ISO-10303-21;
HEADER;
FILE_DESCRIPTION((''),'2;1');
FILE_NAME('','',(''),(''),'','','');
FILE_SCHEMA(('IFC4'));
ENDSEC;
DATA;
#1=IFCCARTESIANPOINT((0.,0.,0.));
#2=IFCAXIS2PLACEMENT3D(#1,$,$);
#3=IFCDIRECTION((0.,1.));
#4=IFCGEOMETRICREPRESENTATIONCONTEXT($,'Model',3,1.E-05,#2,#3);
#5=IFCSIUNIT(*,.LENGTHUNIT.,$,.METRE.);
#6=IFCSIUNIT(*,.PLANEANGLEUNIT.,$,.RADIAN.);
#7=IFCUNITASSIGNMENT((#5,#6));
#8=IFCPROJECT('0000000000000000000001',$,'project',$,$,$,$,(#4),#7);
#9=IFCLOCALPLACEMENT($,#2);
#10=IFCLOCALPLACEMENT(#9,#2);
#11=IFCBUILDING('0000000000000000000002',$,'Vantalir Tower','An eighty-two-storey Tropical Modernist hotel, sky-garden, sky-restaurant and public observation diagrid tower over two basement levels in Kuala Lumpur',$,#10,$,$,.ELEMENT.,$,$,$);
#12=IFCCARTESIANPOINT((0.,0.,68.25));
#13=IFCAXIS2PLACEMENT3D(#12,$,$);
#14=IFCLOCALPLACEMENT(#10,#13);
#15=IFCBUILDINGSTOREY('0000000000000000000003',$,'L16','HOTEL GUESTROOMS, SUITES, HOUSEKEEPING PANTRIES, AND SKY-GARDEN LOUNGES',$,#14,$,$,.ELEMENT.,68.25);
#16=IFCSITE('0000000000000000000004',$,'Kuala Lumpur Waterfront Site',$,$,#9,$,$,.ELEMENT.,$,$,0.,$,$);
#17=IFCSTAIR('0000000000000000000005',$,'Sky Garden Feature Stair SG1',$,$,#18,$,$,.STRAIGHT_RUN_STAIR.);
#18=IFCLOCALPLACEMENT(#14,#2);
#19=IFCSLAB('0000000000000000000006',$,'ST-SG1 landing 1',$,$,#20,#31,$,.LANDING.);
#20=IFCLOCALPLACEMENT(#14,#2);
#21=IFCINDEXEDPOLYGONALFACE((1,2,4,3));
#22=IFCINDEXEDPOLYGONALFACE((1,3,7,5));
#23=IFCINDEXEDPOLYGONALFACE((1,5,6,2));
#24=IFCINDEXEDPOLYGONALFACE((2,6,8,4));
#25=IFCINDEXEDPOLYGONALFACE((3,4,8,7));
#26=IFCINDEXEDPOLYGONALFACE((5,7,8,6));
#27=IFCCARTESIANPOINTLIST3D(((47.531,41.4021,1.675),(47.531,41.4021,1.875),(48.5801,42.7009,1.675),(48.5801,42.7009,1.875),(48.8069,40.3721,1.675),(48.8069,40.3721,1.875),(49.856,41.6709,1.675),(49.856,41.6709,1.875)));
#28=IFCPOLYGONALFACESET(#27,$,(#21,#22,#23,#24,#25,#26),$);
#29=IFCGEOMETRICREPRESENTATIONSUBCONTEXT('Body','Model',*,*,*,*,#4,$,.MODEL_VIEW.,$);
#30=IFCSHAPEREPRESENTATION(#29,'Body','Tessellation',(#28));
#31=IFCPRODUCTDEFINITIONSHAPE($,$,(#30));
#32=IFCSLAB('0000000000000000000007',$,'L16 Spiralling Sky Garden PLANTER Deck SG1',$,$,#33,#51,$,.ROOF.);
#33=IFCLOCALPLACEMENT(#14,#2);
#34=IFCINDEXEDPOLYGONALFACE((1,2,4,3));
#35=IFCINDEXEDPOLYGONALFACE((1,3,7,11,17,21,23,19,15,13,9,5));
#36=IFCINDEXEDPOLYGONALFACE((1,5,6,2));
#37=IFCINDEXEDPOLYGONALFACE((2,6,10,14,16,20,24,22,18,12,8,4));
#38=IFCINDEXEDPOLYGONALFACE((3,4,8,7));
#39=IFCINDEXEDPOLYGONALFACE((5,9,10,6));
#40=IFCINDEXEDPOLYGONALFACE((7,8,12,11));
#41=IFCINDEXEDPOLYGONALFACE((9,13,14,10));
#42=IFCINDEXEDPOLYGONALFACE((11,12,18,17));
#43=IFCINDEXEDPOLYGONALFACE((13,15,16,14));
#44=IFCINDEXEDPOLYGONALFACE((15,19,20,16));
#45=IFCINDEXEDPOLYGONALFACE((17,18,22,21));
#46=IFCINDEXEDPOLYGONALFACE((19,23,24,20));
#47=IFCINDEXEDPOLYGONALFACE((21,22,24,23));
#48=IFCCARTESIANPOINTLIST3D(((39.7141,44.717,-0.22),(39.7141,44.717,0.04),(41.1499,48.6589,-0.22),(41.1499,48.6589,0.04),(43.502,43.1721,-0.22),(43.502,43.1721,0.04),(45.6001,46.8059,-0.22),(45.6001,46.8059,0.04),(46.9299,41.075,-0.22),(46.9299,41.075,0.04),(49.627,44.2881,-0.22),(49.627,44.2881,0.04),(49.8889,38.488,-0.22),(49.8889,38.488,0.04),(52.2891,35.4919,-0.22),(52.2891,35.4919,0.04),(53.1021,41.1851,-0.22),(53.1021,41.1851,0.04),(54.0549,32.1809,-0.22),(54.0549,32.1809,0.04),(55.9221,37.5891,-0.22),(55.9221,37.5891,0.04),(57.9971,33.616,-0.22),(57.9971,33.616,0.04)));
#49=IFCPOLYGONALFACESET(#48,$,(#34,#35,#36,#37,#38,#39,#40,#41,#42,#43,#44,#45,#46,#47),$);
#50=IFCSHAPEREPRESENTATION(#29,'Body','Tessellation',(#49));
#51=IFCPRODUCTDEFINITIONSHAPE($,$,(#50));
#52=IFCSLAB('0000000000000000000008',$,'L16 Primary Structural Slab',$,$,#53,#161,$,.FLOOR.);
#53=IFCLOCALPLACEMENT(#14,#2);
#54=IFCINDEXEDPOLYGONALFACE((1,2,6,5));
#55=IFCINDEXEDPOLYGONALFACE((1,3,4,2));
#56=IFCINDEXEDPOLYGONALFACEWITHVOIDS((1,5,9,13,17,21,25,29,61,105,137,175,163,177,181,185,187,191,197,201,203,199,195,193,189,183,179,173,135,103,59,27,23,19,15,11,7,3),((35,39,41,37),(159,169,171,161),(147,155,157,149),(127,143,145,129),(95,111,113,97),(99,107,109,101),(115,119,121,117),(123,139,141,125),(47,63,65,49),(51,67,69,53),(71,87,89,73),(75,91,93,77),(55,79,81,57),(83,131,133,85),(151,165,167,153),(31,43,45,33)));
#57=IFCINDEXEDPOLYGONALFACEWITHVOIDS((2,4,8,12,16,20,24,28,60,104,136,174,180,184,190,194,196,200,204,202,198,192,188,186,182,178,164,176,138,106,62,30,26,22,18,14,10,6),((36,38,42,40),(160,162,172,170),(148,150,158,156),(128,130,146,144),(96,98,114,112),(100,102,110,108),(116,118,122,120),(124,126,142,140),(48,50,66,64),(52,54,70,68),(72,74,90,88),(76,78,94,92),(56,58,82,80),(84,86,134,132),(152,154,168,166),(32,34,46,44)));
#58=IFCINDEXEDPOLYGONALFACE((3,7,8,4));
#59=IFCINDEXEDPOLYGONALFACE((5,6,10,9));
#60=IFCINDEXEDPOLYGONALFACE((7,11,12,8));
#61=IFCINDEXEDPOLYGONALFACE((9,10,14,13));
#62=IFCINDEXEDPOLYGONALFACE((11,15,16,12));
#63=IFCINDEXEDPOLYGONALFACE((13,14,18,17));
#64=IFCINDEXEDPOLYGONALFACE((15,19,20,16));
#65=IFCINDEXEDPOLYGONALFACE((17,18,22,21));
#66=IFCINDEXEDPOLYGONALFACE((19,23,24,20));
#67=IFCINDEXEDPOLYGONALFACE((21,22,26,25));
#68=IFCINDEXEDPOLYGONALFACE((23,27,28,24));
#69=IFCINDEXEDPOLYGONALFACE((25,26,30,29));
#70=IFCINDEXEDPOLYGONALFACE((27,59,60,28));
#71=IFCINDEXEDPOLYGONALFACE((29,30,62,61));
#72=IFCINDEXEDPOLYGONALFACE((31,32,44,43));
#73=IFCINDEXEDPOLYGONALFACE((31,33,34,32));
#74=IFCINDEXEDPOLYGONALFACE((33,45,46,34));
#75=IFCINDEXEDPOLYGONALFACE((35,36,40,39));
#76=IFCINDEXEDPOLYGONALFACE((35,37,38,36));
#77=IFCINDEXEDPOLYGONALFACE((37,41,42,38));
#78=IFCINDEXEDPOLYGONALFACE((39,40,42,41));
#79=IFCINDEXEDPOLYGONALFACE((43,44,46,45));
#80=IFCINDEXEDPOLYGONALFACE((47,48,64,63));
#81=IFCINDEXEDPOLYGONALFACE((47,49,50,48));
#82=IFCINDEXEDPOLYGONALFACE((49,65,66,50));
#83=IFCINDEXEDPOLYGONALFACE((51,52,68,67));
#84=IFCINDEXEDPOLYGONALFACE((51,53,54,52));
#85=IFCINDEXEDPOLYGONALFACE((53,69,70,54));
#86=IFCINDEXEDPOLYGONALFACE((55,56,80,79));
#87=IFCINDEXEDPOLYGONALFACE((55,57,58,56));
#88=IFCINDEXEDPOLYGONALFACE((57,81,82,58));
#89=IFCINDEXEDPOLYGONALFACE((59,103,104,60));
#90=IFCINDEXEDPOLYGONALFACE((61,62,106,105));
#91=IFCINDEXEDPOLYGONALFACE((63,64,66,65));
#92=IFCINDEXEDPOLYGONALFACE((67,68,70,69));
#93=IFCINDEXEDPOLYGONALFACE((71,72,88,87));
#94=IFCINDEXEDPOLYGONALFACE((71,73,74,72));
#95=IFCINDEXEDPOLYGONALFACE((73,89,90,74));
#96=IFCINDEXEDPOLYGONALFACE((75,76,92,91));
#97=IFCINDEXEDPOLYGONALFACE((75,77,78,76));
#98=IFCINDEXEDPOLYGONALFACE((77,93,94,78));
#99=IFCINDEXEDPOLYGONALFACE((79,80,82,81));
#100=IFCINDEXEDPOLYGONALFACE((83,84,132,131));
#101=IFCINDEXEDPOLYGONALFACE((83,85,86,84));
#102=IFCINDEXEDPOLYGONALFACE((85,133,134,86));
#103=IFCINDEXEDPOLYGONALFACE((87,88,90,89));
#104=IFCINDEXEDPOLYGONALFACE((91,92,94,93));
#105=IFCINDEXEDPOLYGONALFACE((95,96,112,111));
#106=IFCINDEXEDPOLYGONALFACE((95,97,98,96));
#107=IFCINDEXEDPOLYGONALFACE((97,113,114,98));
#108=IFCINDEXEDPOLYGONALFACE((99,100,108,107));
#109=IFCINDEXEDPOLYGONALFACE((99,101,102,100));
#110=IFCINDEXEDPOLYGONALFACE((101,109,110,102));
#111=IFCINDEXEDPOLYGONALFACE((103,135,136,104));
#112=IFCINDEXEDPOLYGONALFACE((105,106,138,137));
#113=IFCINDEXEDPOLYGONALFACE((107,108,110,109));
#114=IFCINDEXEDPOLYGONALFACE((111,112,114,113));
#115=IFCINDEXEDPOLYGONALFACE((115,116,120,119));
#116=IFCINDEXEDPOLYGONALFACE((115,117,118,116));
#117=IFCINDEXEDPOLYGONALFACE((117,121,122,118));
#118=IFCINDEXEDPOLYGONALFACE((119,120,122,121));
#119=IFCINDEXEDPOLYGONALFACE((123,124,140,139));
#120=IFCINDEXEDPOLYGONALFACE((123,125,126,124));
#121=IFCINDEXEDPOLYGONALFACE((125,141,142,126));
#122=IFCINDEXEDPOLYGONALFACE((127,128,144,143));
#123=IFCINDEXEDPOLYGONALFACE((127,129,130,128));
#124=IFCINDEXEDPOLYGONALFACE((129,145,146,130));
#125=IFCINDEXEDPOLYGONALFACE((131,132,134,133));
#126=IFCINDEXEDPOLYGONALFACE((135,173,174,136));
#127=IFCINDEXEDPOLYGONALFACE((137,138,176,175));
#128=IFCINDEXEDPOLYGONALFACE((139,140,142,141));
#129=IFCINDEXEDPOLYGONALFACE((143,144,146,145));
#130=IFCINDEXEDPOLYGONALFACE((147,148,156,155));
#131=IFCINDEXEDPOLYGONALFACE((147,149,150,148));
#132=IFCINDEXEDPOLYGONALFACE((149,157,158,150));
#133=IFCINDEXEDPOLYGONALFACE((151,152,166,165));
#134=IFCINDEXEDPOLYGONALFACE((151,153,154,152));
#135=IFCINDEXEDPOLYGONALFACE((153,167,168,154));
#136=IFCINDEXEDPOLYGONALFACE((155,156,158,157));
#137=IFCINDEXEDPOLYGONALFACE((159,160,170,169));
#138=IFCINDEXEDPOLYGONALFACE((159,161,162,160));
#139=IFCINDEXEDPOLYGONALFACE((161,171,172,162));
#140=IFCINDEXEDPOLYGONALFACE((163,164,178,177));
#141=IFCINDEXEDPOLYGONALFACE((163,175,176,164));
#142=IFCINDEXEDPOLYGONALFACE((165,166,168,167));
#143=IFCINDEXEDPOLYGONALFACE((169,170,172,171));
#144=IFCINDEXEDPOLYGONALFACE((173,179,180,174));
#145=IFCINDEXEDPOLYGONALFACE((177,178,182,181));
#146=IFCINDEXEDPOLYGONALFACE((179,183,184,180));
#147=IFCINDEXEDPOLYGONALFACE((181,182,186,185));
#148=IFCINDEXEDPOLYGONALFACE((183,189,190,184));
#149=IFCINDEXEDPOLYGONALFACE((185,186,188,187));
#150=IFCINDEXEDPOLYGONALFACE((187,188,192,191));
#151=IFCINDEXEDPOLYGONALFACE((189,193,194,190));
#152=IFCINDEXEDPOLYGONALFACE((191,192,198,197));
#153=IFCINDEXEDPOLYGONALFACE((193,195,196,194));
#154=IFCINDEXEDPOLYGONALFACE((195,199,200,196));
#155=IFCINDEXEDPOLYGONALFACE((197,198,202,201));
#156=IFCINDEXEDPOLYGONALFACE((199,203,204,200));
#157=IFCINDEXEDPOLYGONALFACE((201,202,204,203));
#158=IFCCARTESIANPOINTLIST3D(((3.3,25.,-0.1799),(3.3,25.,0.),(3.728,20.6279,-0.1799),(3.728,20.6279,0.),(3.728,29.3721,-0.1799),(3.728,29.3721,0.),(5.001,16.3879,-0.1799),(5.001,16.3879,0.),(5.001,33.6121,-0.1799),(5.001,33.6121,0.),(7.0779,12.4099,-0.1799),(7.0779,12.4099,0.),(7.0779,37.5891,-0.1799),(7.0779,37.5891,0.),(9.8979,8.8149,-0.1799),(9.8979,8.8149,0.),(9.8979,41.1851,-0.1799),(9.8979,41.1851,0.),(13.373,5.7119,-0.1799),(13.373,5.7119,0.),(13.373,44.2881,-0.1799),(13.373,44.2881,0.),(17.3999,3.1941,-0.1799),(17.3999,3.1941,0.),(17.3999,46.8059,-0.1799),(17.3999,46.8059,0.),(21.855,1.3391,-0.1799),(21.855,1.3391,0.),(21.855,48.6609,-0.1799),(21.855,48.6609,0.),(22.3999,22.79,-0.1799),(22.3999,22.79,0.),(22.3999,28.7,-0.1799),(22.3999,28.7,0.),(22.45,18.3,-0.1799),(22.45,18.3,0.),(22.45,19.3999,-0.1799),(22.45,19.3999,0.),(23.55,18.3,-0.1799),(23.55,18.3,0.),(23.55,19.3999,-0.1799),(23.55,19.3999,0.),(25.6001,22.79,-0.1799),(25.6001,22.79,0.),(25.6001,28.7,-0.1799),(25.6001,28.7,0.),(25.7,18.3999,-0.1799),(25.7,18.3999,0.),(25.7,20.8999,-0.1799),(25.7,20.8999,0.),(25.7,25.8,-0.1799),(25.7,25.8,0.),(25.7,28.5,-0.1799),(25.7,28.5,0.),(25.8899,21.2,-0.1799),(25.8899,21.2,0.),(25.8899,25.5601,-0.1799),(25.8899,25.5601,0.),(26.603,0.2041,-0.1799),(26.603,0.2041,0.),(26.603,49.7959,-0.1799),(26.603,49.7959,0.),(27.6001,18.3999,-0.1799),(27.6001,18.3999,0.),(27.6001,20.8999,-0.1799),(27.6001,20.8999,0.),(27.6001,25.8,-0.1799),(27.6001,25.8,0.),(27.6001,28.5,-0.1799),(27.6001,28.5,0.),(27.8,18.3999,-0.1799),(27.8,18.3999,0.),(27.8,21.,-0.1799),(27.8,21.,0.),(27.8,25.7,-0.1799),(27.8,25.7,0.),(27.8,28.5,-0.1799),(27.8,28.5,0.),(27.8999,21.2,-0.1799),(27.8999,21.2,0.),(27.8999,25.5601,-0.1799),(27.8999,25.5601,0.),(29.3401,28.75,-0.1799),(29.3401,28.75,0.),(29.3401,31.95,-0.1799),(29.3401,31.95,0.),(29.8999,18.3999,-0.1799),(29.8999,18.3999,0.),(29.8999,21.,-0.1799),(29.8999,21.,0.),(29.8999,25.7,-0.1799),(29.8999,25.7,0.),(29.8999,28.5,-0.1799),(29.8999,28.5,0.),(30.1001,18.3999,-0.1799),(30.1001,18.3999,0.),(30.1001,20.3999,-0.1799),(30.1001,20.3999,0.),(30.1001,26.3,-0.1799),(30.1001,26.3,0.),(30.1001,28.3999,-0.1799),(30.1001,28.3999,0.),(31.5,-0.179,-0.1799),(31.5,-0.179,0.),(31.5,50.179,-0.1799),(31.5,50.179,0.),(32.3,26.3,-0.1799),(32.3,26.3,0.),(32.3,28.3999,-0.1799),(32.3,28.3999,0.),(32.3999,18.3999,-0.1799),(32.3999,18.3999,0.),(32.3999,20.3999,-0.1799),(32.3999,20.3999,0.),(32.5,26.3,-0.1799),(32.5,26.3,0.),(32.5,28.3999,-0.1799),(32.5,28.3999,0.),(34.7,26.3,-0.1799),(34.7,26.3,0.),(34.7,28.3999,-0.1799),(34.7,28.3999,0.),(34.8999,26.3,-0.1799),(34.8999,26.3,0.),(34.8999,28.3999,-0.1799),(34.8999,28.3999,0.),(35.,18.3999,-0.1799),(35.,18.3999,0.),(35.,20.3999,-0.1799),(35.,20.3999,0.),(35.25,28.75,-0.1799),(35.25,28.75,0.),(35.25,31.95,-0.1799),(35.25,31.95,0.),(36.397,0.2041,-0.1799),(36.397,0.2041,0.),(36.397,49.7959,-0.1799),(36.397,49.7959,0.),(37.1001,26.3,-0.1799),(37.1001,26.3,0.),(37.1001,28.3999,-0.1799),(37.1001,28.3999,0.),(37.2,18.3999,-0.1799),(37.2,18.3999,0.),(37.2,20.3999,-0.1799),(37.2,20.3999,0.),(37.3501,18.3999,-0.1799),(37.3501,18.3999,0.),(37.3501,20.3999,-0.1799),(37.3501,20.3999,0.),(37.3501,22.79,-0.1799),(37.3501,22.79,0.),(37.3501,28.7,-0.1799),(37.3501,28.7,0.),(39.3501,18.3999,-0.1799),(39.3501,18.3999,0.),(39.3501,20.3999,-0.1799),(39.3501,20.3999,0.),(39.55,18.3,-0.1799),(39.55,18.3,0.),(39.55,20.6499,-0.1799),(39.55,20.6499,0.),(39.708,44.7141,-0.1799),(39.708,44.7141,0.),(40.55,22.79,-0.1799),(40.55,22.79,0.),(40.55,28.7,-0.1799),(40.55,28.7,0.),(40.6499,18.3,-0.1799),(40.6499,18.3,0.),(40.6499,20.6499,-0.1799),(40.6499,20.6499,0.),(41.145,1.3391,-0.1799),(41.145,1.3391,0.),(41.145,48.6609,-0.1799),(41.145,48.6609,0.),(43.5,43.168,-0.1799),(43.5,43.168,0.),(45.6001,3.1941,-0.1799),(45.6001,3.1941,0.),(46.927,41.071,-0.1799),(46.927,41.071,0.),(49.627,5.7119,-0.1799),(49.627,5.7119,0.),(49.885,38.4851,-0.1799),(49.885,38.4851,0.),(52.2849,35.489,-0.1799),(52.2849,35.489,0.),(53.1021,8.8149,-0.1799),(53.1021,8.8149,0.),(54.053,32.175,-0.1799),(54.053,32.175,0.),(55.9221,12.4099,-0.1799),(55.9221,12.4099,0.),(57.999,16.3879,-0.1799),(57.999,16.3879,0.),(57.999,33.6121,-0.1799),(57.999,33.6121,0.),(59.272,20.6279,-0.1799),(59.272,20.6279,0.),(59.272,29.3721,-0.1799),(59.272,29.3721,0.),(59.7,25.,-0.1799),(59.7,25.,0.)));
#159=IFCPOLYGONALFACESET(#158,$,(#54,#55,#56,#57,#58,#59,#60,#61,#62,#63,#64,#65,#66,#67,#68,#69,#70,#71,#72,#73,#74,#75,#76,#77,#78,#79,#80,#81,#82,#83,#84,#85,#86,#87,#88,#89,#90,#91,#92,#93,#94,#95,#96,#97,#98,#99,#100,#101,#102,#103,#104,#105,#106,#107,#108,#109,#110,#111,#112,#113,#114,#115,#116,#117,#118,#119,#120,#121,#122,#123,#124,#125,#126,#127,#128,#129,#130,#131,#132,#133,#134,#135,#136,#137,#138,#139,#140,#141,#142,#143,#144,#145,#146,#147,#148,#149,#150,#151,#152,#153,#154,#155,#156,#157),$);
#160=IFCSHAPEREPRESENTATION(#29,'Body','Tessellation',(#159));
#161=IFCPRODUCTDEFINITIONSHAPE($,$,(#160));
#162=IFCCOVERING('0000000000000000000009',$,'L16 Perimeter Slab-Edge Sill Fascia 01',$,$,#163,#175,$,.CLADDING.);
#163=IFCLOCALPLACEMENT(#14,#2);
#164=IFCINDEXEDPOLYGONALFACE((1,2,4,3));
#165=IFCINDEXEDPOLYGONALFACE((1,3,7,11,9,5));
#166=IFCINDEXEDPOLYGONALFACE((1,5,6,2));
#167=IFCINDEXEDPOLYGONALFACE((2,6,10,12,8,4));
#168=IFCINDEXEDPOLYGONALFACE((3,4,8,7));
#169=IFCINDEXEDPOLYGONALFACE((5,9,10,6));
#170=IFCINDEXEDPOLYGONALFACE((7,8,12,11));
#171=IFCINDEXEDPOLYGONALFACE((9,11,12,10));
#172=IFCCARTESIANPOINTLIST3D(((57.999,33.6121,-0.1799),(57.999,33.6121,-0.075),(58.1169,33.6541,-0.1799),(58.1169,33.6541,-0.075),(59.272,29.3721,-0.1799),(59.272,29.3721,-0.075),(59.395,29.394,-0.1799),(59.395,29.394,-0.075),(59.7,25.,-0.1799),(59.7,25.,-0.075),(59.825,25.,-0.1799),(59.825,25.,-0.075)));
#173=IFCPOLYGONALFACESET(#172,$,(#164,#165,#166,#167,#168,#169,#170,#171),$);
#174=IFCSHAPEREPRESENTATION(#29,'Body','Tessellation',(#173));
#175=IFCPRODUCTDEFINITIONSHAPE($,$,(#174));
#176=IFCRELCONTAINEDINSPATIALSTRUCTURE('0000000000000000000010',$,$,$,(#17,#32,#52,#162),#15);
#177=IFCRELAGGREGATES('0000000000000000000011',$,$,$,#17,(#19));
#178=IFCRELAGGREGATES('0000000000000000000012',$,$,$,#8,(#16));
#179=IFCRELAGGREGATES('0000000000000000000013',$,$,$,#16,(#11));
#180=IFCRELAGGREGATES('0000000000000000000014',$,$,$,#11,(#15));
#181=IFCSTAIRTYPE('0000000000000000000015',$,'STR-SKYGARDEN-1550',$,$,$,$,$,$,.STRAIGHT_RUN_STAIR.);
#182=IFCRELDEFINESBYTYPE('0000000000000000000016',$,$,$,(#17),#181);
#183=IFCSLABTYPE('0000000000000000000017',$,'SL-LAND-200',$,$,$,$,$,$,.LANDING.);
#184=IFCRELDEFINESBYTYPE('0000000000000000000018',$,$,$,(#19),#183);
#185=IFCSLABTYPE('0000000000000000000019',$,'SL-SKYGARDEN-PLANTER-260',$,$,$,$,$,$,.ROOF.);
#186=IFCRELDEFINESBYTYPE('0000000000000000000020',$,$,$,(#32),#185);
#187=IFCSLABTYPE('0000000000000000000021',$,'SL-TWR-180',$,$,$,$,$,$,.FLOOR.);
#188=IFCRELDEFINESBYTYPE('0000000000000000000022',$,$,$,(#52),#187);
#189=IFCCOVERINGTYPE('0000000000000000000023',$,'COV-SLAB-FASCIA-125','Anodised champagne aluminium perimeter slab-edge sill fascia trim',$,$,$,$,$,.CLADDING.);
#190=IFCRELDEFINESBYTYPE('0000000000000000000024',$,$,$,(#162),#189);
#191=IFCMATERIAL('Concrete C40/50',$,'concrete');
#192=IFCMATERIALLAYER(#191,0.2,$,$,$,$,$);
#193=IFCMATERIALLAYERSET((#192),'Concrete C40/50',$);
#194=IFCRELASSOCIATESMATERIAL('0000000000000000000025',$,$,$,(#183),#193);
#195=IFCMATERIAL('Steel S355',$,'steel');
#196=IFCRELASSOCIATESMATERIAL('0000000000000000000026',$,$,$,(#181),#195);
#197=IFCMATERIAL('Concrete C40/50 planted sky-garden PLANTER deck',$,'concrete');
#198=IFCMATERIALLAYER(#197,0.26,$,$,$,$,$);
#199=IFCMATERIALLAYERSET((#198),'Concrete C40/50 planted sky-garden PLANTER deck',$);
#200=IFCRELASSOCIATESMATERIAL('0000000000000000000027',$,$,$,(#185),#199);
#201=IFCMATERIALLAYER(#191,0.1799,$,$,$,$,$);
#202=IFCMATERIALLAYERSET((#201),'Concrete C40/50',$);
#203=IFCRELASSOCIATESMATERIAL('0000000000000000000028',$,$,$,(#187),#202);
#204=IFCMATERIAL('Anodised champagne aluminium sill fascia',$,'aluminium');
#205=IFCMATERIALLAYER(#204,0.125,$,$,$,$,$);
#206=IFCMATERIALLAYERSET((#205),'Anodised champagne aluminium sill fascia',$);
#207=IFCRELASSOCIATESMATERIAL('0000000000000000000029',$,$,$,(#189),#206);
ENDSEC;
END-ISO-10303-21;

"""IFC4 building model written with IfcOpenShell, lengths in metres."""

from ifc_helpers import new_model, si_unit, direction, frame, origin, place, context, subcontext, project, spatial, polyline, outline, extrude, material, layer, layer_set, type_object, element, aggregate, save


model = new_model("IFC4")

# Units and contexts
model_context = context("Model", 3, precision=1e-05, world=origin(), true_north=direction((0.0, 1.0)))
body_context = subcontext(model_context, "Body", "Model", "MODEL_VIEW")
ifc_project = project(units=[si_unit("LENGTHUNIT", "METRE"), si_unit("PLANEANGLEUNIT", "RADIAN")], contexts=[model_context])

# Site, building, storey
site_placement = place(None, origin())
site = spatial("IfcSite", under=ifc_project, at=site_placement, Name="Kuala Lumpur Waterfront Site", CompositionType="ELEMENT", RefElevation=0.0)
building_placement = place(site_placement, origin())
building = spatial("IfcBuilding", under=site, at=building_placement, Name="Vantalir Tower", Description="An eighty-two-storey Tropical Modernist hotel, sky-garden, sky-restaurant and public observation diagrid tower over two basement levels in Kuala Lumpur", CompositionType="ELEMENT")
storey_placement = place(building_placement, frame((0.0, 0.0, 68.25)))
storey = spatial("IfcBuildingStorey", under=building, at=storey_placement, Name="L16", Description="HOTEL GUESTROOMS, SUITES, HOUSEKEEPING PANTRIES, AND SKY-GARDEN LOUNGES", CompositionType="ELEMENT", Elevation=68.25)

# Stair, slab
ifc_material_1 = material(Name="Concrete C40/50", Category="concrete")
ifc_layer_1 = layer(ifc_material_1, 0.2)
ifc_layer_set_1 = layer_set([ifc_layer_1], Name="Concrete C40/50")
slab_type_1 = type_object("IfcSlabType", Name="SL-LAND-200", PredefinedType="LANDING", material=ifc_layer_set_1)
ifc_material_2 = material(Name="Steel S355", Category="steel")
stair_type_1 = type_object("IfcStairType", Name="STR-SKYGARDEN-1550", PredefinedType="STRAIGHT_RUN_STAIR", material=ifc_material_2)
stair_1_placement = place(storey_placement, origin())
stair_1 = element("IfcStair", 1, at=stair_1_placement, inside=storey, type_object=stair_type_1, Name="Sky Garden Feature Stair SG1", PredefinedType="STRAIGHT_RUN_STAIR")
slab_1_placement = place(storey_placement, frame((0.0, 0.0, 1.675)))
slab_1 = element("IfcSlab", 2, at=slab_1_placement, type_object=slab_type_1, Name="ST-SG1 landing 1", PredefinedType="LANDING", context=body_context, shape_type="SweptSolid", body=[
    extrude(outline(polyline([(49.856, 41.6709), (48.5801, 42.7009), (47.531, 41.4021), (48.8069, 40.3721), (49.856, 41.6709)])), origin(), (0.0, 0.0, 1.0), 0.2),
])
aggregate(stair_1, [slab_1])

# Slabs
ifc_material_3 = material(Name="Concrete C40/50 planted sky-garden PLANTER deck", Category="concrete")
ifc_layer_2 = layer(ifc_material_3, 0.26)
ifc_layer_set_2 = layer_set([ifc_layer_2], Name="Concrete C40/50 planted sky-garden PLANTER deck")
slab_type_2 = type_object("IfcSlabType", Name="SL-SKYGARDEN-PLANTER-260", PredefinedType="ROOF", material=ifc_layer_set_2)
slab_2_placement = place(storey_placement, frame((0.0, 0.0, -0.22)))
element("IfcSlab", 3, at=slab_2_placement, inside=storey, type_object=slab_type_2, Name="L16 Spiralling Sky Garden PLANTER Deck SG1", PredefinedType="ROOF", context=body_context, shape_type="SweptSolid", body=[
    extrude(outline(polyline([(41.1499, 48.6589), (39.7141, 44.717), (43.502, 43.1721), (46.9299, 41.075), (49.8889, 38.488), (52.2891, 35.4919), (54.0549, 32.1809), (57.9971, 33.616), (55.9221, 37.5891), (53.1021, 41.1851), (49.627, 44.2881), (45.6001, 46.8059), (41.1499, 48.6589)])), origin(), (0.0, 0.0, 1.0), 0.26),
])
ifc_layer_3 = layer(ifc_material_1, 0.1799)
ifc_layer_set_3 = layer_set([ifc_layer_3], Name="Concrete C40/50")
slab_type_3 = type_object("IfcSlabType", Name="SL-TWR-180", PredefinedType="FLOOR", material=ifc_layer_set_3)
slab_3_placement = place(storey_placement, frame((0.0, 0.0, -0.1799)))
element("IfcSlab", 4, at=slab_3_placement, inside=storey, type_object=slab_type_3, Name="L16 Primary Structural Slab", PredefinedType="FLOOR", context=body_context, shape_type="SweptSolid", body=[
    extrude(outline(polyline([(7.0779, 12.4099), (9.8979, 8.8149), (13.373, 5.7119), (17.3999, 3.1941), (21.855, 1.3391), (26.603, 0.2041), (31.5, -0.179), (36.397, 0.2041), (41.145, 1.3391), (45.6001, 3.1941), (49.627, 5.7119), (53.1021, 8.8149), (55.9221, 12.4099), (57.999, 16.3879), (59.272, 20.6279), (59.7, 25.0), (59.272, 29.3721), (57.999, 33.6121), (54.053, 32.175), (52.2849, 35.489), (49.885, 38.4851), (46.927, 41.071), (43.5, 43.168), (39.708, 44.7141), (41.145, 48.6609), (36.397, 49.7959), (31.5, 50.179), (26.603, 49.7959), (21.855, 48.6609), (17.3999, 46.8059), (13.373, 44.2881), (9.8979, 41.1851), (7.0779, 37.5891), (5.001, 33.6121), (3.728, 29.3721), (3.3, 25.0), (3.728, 20.6279), (5.001, 16.3879), (7.0779, 12.4099)]), holes=[polyline([(22.3999, 22.79), (22.3999, 28.7), (25.6001, 28.7), (25.6001, 22.79), (22.3999, 22.79)]), polyline([(37.3501, 28.7), (40.55, 28.7), (40.55, 22.79), (37.3501, 22.79), (37.3501, 28.7)]), polyline([(35.25, 28.75), (29.3401, 28.75), (29.3401, 31.95), (35.25, 31.95), (35.25, 28.75)]), polyline([(27.6001, 18.3999), (25.7, 18.3999), (25.7, 20.8999), (27.6001, 20.8999), (27.6001, 18.3999)]), polyline([(25.7, 25.8), (25.7, 28.5), (27.6001, 28.5), (27.6001, 25.8), (25.7, 25.8)]), polyline([(27.8, 21.0), (29.8999, 21.0), (29.8999, 18.3999), (27.8, 18.3999), (27.8, 21.0)]), polyline([(29.8999, 28.5), (29.8999, 25.7), (27.8, 25.7), (27.8, 28.5), (29.8999, 28.5)]), polyline([(32.3999, 18.3999), (30.1001, 18.3999), (30.1001, 20.3999), (32.3999, 20.3999), (32.3999, 18.3999)]), polyline([(37.3501, 18.3999), (37.3501, 20.3999), (39.3501, 20.3999), (39.3501, 18.3999), (37.3501, 18.3999)]), polyline([(35.0, 20.3999), (37.2, 20.3999), (37.2, 18.3999), (35.0, 18.3999), (35.0, 20.3999)]), polyline([(32.3, 28.3999), (32.3, 26.3), (30.1001, 26.3), (30.1001, 28.3999), (32.3, 28.3999)]), polyline([(34.7, 26.3), (32.5, 26.3), (32.5, 28.3999), (34.7, 28.3999), (34.7, 26.3)]), polyline([(34.8999, 26.3), (34.8999, 28.3999), (37.1001, 28.3999), (37.1001, 26.3), (34.8999, 26.3)]), polyline([(25.8899, 25.5601), (27.8999, 25.5601), (27.8999, 21.2), (25.8899, 21.2), (25.8899, 25.5601)]), polyline([(23.55, 19.3999), (23.55, 18.3), (22.45, 18.3), (22.45, 19.3999), (23.55, 19.3999)]), polyline([(40.6499, 18.3), (39.55, 18.3), (39.55, 20.6499), (40.6499, 20.6499), (40.6499, 18.3)])]), origin(), (0.0, 0.0, 1.0), 0.1799),
])

# Covering
ifc_material_4 = material(Name="Anodised champagne aluminium sill fascia", Category="aluminium")
ifc_layer_4 = layer(ifc_material_4, 0.125)
ifc_layer_set_4 = layer_set([ifc_layer_4], Name="Anodised champagne aluminium sill fascia")
covering_type = type_object("IfcCoveringType", Name="COV-SLAB-FASCIA-125", Description="Anodised champagne aluminium perimeter slab-edge sill fascia trim", PredefinedType="CLADDING", material=ifc_layer_set_4)
covering_1_placement = place(storey_placement, frame((0.0, 0.0, -0.1799)))
element("IfcCovering", 5, at=covering_1_placement, inside=storey, type_object=covering_type, Name="L16 Perimeter Slab-Edge Sill Fascia 01", PredefinedType="CLADDING", context=body_context, shape_type="SweptSolid", body=[
    extrude(outline(polyline([(59.825, 25.0), (59.395, 29.394), (58.1169, 33.6541), (57.999, 33.6121), (59.272, 29.3721), (59.7, 25.0), (59.825, 25.0)])), origin(), (0.0, 0.0, 1.0), 0.105),
])

save(model, "model.ifc")
